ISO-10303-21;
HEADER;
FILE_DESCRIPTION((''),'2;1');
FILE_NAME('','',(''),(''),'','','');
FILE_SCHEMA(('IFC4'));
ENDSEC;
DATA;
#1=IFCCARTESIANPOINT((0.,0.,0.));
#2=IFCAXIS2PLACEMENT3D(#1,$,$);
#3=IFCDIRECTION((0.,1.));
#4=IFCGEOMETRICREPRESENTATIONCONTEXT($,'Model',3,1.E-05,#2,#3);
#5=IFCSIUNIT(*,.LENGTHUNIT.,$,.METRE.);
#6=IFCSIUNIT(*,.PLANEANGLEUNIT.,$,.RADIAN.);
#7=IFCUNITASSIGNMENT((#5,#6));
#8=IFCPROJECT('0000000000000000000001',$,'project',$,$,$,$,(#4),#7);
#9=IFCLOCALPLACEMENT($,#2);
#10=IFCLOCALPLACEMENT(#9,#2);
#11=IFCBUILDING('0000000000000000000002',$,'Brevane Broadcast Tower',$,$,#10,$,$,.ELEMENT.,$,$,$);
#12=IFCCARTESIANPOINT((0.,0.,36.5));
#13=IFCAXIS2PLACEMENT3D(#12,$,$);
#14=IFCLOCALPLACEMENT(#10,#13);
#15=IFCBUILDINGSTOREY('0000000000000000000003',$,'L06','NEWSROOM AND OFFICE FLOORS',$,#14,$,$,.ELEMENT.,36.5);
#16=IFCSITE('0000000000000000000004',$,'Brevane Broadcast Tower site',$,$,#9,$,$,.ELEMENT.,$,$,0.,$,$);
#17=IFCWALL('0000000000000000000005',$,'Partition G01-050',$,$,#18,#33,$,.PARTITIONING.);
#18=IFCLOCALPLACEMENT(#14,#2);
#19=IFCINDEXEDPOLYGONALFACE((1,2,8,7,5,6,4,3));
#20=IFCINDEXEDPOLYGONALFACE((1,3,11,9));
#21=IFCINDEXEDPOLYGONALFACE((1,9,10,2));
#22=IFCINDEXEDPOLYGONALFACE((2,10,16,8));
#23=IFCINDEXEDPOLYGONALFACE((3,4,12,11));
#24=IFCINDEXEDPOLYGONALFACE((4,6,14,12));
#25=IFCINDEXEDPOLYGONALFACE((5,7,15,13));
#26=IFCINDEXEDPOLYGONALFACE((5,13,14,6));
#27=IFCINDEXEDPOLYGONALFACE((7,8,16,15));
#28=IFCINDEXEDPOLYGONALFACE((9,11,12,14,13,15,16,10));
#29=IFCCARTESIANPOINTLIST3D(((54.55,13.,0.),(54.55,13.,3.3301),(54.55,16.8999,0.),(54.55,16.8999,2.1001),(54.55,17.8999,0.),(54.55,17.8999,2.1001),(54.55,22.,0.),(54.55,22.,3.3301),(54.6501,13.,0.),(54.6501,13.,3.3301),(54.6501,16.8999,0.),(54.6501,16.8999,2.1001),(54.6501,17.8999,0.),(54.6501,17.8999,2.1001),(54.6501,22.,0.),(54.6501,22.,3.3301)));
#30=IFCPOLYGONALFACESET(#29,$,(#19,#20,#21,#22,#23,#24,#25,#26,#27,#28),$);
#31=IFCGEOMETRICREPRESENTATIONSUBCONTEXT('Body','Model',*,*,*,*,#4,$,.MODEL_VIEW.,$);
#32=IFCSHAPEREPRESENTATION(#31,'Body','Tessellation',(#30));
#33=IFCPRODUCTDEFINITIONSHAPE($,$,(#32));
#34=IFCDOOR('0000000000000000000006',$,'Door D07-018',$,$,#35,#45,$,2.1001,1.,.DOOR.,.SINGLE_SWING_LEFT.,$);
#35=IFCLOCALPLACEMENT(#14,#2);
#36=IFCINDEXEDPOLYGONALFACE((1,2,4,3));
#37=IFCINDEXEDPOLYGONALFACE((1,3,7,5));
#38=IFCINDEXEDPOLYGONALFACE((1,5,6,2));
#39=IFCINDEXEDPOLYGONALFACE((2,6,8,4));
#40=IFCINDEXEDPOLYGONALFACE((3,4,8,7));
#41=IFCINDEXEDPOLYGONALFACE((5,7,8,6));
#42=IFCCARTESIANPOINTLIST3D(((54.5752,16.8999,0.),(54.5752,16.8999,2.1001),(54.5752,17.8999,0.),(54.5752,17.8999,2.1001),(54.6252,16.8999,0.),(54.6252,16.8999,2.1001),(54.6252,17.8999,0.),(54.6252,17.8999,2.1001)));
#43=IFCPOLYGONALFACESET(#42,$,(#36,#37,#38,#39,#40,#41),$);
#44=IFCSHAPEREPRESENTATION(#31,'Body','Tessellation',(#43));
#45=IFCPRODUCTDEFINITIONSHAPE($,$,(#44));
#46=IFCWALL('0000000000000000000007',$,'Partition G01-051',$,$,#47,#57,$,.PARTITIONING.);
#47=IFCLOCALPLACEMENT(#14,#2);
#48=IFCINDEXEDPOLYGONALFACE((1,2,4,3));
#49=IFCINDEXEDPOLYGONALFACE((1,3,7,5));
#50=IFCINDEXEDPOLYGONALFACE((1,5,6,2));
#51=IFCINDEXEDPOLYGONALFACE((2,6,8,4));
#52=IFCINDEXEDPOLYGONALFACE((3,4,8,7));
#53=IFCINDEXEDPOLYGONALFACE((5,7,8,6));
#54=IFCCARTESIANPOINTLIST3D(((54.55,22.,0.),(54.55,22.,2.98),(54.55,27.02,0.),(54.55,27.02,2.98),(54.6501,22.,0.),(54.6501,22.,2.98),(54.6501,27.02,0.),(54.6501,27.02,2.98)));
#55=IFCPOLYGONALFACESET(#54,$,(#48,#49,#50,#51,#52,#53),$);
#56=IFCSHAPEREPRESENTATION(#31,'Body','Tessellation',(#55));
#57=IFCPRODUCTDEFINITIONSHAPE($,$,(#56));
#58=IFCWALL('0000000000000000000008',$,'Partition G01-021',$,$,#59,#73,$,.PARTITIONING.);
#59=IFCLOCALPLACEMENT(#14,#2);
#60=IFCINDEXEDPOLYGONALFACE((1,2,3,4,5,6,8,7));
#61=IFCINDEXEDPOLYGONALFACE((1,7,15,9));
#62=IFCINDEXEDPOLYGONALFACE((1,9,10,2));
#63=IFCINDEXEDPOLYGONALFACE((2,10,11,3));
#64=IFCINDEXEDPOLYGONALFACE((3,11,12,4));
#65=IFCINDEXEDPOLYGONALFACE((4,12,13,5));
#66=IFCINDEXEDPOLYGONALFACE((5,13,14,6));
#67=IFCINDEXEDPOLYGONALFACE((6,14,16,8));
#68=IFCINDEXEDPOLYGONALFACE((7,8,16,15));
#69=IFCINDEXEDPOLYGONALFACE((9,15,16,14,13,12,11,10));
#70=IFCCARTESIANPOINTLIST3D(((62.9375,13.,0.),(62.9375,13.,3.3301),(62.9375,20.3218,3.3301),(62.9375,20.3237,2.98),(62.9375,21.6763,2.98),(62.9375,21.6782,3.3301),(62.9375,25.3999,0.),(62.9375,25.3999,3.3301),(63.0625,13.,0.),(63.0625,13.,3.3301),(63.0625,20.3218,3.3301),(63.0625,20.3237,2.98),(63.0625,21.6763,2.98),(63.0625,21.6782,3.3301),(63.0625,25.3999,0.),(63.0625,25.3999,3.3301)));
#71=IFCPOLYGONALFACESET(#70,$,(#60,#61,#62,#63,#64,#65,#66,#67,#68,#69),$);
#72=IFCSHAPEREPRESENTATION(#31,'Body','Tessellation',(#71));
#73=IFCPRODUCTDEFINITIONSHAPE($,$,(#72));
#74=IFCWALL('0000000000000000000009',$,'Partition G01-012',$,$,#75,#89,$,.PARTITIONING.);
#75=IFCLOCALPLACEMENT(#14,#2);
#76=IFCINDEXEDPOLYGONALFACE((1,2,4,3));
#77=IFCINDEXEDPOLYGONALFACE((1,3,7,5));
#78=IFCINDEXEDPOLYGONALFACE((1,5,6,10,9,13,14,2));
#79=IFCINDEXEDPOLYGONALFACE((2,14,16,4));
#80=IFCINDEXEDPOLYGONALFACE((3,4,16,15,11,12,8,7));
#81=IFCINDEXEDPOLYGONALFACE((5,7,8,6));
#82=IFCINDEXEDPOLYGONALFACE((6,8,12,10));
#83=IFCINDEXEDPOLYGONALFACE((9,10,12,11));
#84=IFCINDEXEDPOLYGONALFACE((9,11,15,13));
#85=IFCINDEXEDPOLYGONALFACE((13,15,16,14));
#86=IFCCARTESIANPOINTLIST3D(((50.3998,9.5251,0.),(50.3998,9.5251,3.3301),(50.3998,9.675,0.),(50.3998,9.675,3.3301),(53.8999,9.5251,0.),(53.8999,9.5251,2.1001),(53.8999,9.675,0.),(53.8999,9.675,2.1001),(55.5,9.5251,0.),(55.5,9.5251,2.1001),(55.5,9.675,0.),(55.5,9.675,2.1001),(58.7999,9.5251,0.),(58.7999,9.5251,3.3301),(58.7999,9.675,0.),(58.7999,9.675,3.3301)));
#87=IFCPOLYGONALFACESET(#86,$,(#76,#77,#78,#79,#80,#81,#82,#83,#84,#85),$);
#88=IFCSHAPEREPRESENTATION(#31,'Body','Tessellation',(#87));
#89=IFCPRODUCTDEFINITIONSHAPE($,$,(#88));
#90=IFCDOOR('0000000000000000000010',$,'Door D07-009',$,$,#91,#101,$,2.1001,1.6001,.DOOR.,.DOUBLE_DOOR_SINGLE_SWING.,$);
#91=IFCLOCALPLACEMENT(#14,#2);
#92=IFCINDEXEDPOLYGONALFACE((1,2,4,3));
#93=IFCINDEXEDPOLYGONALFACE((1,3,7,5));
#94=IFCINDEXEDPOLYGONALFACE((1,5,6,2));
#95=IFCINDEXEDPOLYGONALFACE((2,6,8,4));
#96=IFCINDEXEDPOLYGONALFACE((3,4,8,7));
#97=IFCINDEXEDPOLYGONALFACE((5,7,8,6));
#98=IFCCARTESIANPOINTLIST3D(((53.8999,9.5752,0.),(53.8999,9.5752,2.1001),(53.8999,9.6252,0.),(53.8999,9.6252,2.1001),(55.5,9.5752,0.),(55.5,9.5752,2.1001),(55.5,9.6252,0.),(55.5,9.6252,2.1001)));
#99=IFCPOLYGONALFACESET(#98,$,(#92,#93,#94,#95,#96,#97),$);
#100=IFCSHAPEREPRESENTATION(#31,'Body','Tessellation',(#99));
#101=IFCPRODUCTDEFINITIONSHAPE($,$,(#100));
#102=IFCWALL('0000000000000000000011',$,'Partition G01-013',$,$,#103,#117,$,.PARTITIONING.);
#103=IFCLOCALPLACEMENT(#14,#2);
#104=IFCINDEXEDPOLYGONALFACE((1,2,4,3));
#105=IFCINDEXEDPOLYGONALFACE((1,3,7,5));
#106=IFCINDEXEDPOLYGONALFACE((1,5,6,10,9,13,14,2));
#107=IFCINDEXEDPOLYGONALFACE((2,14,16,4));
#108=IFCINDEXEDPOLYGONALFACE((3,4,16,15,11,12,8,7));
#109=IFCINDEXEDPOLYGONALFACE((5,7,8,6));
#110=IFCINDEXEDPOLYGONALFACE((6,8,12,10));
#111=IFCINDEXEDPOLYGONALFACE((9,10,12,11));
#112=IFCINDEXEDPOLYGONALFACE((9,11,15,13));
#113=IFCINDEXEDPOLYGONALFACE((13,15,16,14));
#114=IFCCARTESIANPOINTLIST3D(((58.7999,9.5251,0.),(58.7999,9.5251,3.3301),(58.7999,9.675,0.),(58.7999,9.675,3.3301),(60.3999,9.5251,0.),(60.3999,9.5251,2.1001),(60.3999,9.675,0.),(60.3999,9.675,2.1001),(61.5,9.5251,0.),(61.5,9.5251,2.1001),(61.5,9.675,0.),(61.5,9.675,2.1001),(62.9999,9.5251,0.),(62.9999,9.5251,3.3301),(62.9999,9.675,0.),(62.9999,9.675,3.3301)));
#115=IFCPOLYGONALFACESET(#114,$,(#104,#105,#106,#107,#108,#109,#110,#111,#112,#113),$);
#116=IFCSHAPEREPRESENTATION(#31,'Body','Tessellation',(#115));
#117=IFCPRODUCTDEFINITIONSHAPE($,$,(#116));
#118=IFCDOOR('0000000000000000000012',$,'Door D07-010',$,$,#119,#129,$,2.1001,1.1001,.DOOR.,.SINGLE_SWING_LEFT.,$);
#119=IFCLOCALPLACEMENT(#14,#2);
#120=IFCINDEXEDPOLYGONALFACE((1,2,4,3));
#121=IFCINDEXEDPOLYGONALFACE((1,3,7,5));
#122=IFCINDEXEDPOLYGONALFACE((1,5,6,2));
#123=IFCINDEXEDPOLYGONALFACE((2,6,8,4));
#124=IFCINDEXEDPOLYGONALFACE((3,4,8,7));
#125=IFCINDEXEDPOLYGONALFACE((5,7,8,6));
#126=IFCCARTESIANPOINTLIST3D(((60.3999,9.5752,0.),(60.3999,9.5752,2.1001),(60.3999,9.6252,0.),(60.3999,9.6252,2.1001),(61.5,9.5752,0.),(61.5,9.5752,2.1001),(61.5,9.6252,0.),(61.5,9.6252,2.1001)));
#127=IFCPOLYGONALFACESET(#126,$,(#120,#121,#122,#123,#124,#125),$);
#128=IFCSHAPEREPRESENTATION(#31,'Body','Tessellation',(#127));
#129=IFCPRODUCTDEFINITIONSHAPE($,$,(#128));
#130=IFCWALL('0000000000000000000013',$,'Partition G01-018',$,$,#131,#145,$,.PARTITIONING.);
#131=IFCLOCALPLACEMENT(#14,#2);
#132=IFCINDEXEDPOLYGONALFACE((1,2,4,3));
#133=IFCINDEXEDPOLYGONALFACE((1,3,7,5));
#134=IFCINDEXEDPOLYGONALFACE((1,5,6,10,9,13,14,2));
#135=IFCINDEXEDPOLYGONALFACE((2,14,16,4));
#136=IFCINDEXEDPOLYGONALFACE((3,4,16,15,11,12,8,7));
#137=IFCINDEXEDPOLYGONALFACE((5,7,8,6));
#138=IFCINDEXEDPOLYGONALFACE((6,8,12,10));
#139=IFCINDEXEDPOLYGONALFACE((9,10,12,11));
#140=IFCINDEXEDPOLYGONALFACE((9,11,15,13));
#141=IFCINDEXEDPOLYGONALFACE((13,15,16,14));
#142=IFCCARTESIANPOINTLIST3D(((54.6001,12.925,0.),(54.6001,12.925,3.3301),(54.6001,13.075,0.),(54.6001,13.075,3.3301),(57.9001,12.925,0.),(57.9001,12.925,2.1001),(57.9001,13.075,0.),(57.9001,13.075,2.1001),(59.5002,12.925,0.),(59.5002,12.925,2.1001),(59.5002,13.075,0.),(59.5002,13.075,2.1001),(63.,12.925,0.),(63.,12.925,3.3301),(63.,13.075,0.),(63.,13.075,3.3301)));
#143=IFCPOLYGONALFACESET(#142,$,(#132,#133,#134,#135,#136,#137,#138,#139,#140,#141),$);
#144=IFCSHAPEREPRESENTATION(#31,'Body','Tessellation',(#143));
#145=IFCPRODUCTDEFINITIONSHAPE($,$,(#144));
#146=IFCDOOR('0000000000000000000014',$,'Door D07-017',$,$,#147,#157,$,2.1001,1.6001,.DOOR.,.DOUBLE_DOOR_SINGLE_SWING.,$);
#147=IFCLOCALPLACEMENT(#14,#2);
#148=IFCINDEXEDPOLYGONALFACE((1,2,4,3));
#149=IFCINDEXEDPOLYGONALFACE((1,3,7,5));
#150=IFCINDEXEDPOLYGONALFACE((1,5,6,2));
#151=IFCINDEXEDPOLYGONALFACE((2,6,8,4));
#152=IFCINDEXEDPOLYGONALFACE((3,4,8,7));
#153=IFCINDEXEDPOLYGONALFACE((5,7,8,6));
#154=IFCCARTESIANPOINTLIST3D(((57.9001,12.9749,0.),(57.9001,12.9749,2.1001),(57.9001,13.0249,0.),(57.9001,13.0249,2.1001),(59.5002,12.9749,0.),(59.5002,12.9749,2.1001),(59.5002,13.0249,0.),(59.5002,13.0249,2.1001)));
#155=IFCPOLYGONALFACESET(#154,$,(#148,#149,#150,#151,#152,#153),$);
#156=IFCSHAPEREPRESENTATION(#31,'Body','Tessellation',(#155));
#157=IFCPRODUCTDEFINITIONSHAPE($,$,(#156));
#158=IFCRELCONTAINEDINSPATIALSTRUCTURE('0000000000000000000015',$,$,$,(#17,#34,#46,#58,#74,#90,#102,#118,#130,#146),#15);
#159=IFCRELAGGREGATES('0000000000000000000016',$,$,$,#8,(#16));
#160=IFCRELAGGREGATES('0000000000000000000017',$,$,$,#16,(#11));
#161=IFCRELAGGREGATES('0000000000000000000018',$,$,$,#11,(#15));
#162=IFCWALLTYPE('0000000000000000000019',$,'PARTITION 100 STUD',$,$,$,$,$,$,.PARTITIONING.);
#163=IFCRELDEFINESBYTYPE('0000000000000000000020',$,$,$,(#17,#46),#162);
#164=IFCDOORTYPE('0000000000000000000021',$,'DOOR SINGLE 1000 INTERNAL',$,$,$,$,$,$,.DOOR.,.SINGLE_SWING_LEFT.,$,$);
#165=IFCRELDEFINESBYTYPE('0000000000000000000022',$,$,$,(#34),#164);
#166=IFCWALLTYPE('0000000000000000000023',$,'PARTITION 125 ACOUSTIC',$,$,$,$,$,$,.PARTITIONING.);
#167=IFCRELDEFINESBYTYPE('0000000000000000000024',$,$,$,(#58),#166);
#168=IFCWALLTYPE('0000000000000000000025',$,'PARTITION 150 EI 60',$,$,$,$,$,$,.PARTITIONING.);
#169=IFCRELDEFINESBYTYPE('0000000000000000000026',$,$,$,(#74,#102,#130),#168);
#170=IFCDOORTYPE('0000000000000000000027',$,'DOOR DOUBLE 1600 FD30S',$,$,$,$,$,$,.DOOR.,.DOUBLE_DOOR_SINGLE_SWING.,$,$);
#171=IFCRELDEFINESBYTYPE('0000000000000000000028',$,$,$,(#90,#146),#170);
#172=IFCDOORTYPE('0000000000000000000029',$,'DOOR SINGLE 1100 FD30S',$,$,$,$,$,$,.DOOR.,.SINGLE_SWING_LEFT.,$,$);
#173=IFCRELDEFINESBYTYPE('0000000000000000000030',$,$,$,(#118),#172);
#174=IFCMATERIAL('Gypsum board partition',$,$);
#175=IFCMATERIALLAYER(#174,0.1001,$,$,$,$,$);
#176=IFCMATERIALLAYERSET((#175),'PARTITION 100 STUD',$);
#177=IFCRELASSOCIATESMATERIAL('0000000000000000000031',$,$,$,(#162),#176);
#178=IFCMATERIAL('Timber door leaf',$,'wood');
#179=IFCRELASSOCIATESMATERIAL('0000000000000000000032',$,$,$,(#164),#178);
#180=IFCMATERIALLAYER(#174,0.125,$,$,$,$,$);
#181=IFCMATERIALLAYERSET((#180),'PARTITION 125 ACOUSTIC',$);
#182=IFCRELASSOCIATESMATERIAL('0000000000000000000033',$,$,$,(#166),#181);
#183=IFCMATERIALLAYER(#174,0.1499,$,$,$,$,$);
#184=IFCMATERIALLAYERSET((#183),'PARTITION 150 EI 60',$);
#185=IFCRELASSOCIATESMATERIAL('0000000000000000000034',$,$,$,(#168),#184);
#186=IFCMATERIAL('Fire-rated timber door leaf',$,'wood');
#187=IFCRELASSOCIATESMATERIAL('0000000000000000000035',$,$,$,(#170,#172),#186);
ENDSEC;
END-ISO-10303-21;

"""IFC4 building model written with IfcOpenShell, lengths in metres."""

from ifc_helpers import new_model, si_unit, direction, frame, frame_2d, origin, place, context, subcontext, project, spatial, polyline, rectangle, outline, extrude, material, layer, layer_set, type_object, element, fill, save


model = new_model("IFC4")

# Units and contexts
model_context = context("Model", 3, precision=1e-05, world=origin(), true_north=direction((0.0, 1.0)))
body_context = subcontext(model_context, "Body", "Model", "MODEL_VIEW")
ifc_project = project(units=[si_unit("LENGTHUNIT", "METRE"), si_unit("PLANEANGLEUNIT", "RADIAN")], contexts=[model_context])

# Site, building, storey
site_placement = place(None, origin())
site = spatial("IfcSite", under=ifc_project, at=site_placement, Name="Brevane Broadcast Tower site", CompositionType="ELEMENT", RefElevation=0.0)
building_placement = place(site_placement, origin())
building = spatial("IfcBuilding", under=site, at=building_placement, Name="Brevane Broadcast Tower", CompositionType="ELEMENT")
storey_placement = place(building_placement, frame((0.0, 0.0, 36.5)))
storey = spatial("IfcBuildingStorey", under=building, at=storey_placement, Name="L06", Description="NEWSROOM AND OFFICE FLOORS", CompositionType="ELEMENT", Elevation=36.5)

# Shared definitions
ifc_material_1 = material(Name="Gypsum board partition")
ifc_layer_1 = layer(ifc_material_1, 0.1001)
ifc_layer_set_1 = layer_set([ifc_layer_1], Name="PARTITION 100 STUD")
wall_type_1 = type_object("IfcWallType", Name="PARTITION 100 STUD", PredefinedType="PARTITIONING", material=ifc_layer_set_1)

# Wall, opening, door
wall_1_placement = place(storey_placement, frame((54.6001, 13.0, 0.0), z_axis=(0.0, 0.0, 1.0), x_axis=(0.0, 1.0, 0.0)))
wall_1 = element("IfcWall", 1, at=wall_1_placement, inside=storey, type_object=wall_type_1, Name="Partition G01-050", PredefinedType="PARTITIONING", context=body_context, shape_type="SweptSolid", body=[
    extrude(rectangle(XDim=9.0, YDim=0.1001, at=frame_2d((4.5, 0.0))), origin(), (0.0, 0.0, 1.0), 3.3301),
])
opening_1_placement = place(wall_1_placement, frame((3.8999, 0.0, 0.0)))
opening_1 = element("IfcOpeningElement", 2, at=opening_1_placement, cuts=wall_1, PredefinedType="OPENING", context=body_context, shape_type="SweptSolid", body=[
    extrude(rectangle(XDim=1.0, YDim=2.1001, at=frame_2d((0.5, 1.05))), frame((0.0, 0.0601, 0.0), z_axis=(0.0, -1.0, 0.0), x_axis=(1.0, 0.0, 0.0)), (0.0, 0.0, 1.0), 0.1201),
])
ifc_material_2 = material(Name="Timber door leaf", Category="wood")
door_type_1 = type_object("IfcDoorType", Name="DOOR SINGLE 1000 INTERNAL", OperationType="SINGLE_SWING_LEFT", PredefinedType="DOOR", material=ifc_material_2)
door_1_placement = place(opening_1_placement, origin())
door_1 = element("IfcDoor", 3, at=door_1_placement, inside=storey, type_object=door_type_1, Name="Door D07-018", OperationType="SINGLE_SWING_LEFT", OverallHeight=2.1001, OverallWidth=1.0, PredefinedType="DOOR", context=body_context, shape_type="SweptSolid", body=[
    extrude(rectangle(XDim=1.0, YDim=2.1001, at=frame_2d((0.5, 1.05))), frame((0.0, 0.0249, 0.0), z_axis=(0.0, -1.0, 0.0), x_axis=(1.0, 0.0, 0.0)), (0.0, 0.0, 1.0), 0.05),
])
fill(opening_1, door_1)

# Walls
wall_2_placement = place(storey_placement, frame((54.6001, 22.0, 0.0), z_axis=(0.0, 0.0, 1.0), x_axis=(0.0, 1.0, 0.0)))
element("IfcWall", 4, at=wall_2_placement, inside=storey, type_object=wall_type_1, Name="Partition G01-051", PredefinedType="PARTITIONING", context=body_context, shape_type="SweptSolid", body=[
    extrude(rectangle(XDim=5.02, YDim=0.1001, at=frame_2d((2.51, 0.0))), origin(), (0.0, 0.0, 1.0), 2.98),
])
ifc_layer_2 = layer(ifc_material_1, 0.125)
ifc_layer_set_2 = layer_set([ifc_layer_2], Name="PARTITION 125 ACOUSTIC")
wall_type_2 = type_object("IfcWallType", Name="PARTITION 125 ACOUSTIC", PredefinedType="PARTITIONING", material=ifc_layer_set_2)
wall_3_placement = place(storey_placement, frame((63.0, 13.0, 0.0), z_axis=(0.0, 0.0, 1.0), x_axis=(0.0, 1.0, 0.0)))
element("IfcWall", 5, at=wall_3_placement, inside=storey, type_object=wall_type_2, Name="Partition G01-021", PredefinedType="PARTITIONING", context=body_context, shape_type="SweptSolid", body=[
    extrude(outline(polyline([(0.0, 0.0), (12.3999, 0.0), (12.3999, 3.3301), (8.6782, 3.3301), (8.6763, 2.98), (7.3237, 2.98), (7.3218, 3.3301), (0.0, 3.3301), (0.0, 0.0)])), frame((0.0, 0.0625, 0.0), z_axis=(0.0, -1.0, 0.0), x_axis=(1.0, 0.0, 0.0)), (0.0, 0.0, 1.0), 0.125),
])

# Walls, openings, doors
ifc_layer_3 = layer(ifc_material_1, 0.1499)
ifc_layer_set_3 = layer_set([ifc_layer_3], Name="PARTITION 150 EI 60")
wall_type_3 = type_object("IfcWallType", Name="PARTITION 150 EI 60", PredefinedType="PARTITIONING", material=ifc_layer_set_3)
ifc_material_3 = material(Name="Fire-rated timber door leaf", Category="wood")
wall_4_placement = place(storey_placement, frame((58.8, 9.6001, 0.0), z_axis=(0.0, 0.0, 1.0), x_axis=(-1.0, 0.0, 0.0)))
wall_4 = element("IfcWall", 6, at=wall_4_placement, inside=storey, type_object=wall_type_3, Name="Partition G01-012", PredefinedType="PARTITIONING", context=body_context, shape_type="SweptSolid", body=[
    extrude(rectangle(XDim=8.4001, YDim=0.1499, at=frame_2d((4.2002, 0.0))), origin(), (0.0, 0.0, 1.0), 3.3301),
])
opening_2_placement = place(wall_4_placement, frame((3.3, 0.0, 0.0)))
opening_2 = element("IfcOpeningElement", 7, at=opening_2_placement, cuts=wall_4, PredefinedType="OPENING", context=body_context, shape_type="SweptSolid", body=[
    extrude(rectangle(XDim=1.6001, YDim=2.1001, at=frame_2d((0.8, 1.05))), frame((0.0, 0.085, 0.0), z_axis=(0.0, -1.0, 0.0), x_axis=(1.0, 0.0, 0.0)), (0.0, 0.0, 1.0), 0.1699),
])
door_type_2 = type_object("IfcDoorType", Name="DOOR DOUBLE 1600 FD30S", OperationType="DOUBLE_DOOR_SINGLE_SWING", PredefinedType="DOOR", material=ifc_material_3)
door_2_placement = place(opening_2_placement, origin())
door_2 = element("IfcDoor", 8, at=door_2_placement, inside=storey, type_object=door_type_2, Name="Door D07-009", OperationType="DOUBLE_DOOR_SINGLE_SWING", OverallHeight=2.1001, OverallWidth=1.6001, PredefinedType="DOOR", context=body_context, shape_type="SweptSolid", body=[
    extrude(rectangle(XDim=1.6001, YDim=2.1001, at=frame_2d((0.8, 1.05))), frame((0.0, 0.0249, 0.0), z_axis=(0.0, -1.0, 0.0), x_axis=(1.0, 0.0, 0.0)), (0.0, 0.0, 1.0), 0.05),
])
fill(opening_2, door_2)
wall_5_placement = place(storey_placement, frame((63.0, 9.6001, 0.0), z_axis=(0.0, 0.0, 1.0), x_axis=(-1.0, 0.0, 0.0)))
wall_5 = element("IfcWall", 9, at=wall_5_placement, inside=storey, type_object=wall_type_3, Name="Partition G01-013", PredefinedType="PARTITIONING", context=body_context, shape_type="SweptSolid", body=[
    extrude(rectangle(XDim=4.2, YDim=0.1499, at=frame_2d((2.1001, 0.0))), origin(), (0.0, 0.0, 1.0), 3.3301),
])
opening_3_placement = place(wall_5_placement, frame((1.5, 0.0, 0.0)))
opening_3 = element("IfcOpeningElement", 10, at=opening_3_placement, cuts=wall_5, PredefinedType="OPENING", context=body_context, shape_type="SweptSolid", body=[
    extrude(rectangle(XDim=1.1001, YDim=2.1001, at=frame_2d((0.55, 1.05))), frame((0.0, 0.085, 0.0), z_axis=(0.0, -1.0, 0.0), x_axis=(1.0, 0.0, 0.0)), (0.0, 0.0, 1.0), 0.1699),
])
door_type_3 = type_object("IfcDoorType", Name="DOOR SINGLE 1100 FD30S", OperationType="SINGLE_SWING_LEFT", PredefinedType="DOOR", material=ifc_material_3)
door_3_placement = place(opening_3_placement, origin())
door_3 = element("IfcDoor", 11, at=door_3_placement, inside=storey, type_object=door_type_3, Name="Door D07-010", OperationType="SINGLE_SWING_LEFT", OverallHeight=2.1001, OverallWidth=1.1001, PredefinedType="DOOR", context=body_context, shape_type="SweptSolid", body=[
    extrude(rectangle(XDim=1.1001, YDim=2.1001, at=frame_2d((0.55, 1.05))), frame((0.0, 0.0249, 0.0), z_axis=(0.0, -1.0, 0.0), x_axis=(1.0, 0.0, 0.0)), (0.0, 0.0, 1.0), 0.05),
])
fill(opening_3, door_3)
wall_6_placement = place(storey_placement, frame((54.6001, 13.0, 0.0), z_axis=(0.0, 0.0, 1.0), x_axis=(1.0, 0.0, 0.0)))
wall_6 = element("IfcWall", 12, at=wall_6_placement, inside=storey, type_object=wall_type_3, Name="Partition G01-018", PredefinedType="PARTITIONING", context=body_context, shape_type="SweptSolid", body=[
    extrude(rectangle(XDim=8.3999, YDim=0.1499, at=frame_2d((4.2, 0.0))), origin(), (0.0, 0.0, 1.0), 3.3301),
])
opening_4_placement = place(wall_6_placement, frame((3.3, 0.0, 0.0)))
opening_4 = element("IfcOpeningElement", 13, at=opening_4_placement, cuts=wall_6, PredefinedType="OPENING", context=body_context, shape_type="SweptSolid", body=[
    extrude(rectangle(XDim=1.6001, YDim=2.1001, at=frame_2d((0.8, 1.05))), frame((0.0, 0.085, 0.0), z_axis=(0.0, -1.0, 0.0), x_axis=(1.0, 0.0, 0.0)), (0.0, 0.0, 1.0), 0.1699),
])
door_4_placement = place(opening_4_placement, origin())
door_4 = element("IfcDoor", 14, at=door_4_placement, inside=storey, type_object=door_type_2, Name="Door D07-017", OperationType="DOUBLE_DOOR_SINGLE_SWING", OverallHeight=2.1001, OverallWidth=1.6001, PredefinedType="DOOR", context=body_context, shape_type="SweptSolid", body=[
    extrude(rectangle(XDim=1.6001, YDim=2.1001, at=frame_2d((0.8, 1.05))), frame((0.0, 0.0249, 0.0), z_axis=(0.0, -1.0, 0.0), x_axis=(1.0, 0.0, 0.0)), (0.0, 0.0, 1.0), 0.05),
])
fill(opening_4, door_4)

save(model, "model.ifc")
